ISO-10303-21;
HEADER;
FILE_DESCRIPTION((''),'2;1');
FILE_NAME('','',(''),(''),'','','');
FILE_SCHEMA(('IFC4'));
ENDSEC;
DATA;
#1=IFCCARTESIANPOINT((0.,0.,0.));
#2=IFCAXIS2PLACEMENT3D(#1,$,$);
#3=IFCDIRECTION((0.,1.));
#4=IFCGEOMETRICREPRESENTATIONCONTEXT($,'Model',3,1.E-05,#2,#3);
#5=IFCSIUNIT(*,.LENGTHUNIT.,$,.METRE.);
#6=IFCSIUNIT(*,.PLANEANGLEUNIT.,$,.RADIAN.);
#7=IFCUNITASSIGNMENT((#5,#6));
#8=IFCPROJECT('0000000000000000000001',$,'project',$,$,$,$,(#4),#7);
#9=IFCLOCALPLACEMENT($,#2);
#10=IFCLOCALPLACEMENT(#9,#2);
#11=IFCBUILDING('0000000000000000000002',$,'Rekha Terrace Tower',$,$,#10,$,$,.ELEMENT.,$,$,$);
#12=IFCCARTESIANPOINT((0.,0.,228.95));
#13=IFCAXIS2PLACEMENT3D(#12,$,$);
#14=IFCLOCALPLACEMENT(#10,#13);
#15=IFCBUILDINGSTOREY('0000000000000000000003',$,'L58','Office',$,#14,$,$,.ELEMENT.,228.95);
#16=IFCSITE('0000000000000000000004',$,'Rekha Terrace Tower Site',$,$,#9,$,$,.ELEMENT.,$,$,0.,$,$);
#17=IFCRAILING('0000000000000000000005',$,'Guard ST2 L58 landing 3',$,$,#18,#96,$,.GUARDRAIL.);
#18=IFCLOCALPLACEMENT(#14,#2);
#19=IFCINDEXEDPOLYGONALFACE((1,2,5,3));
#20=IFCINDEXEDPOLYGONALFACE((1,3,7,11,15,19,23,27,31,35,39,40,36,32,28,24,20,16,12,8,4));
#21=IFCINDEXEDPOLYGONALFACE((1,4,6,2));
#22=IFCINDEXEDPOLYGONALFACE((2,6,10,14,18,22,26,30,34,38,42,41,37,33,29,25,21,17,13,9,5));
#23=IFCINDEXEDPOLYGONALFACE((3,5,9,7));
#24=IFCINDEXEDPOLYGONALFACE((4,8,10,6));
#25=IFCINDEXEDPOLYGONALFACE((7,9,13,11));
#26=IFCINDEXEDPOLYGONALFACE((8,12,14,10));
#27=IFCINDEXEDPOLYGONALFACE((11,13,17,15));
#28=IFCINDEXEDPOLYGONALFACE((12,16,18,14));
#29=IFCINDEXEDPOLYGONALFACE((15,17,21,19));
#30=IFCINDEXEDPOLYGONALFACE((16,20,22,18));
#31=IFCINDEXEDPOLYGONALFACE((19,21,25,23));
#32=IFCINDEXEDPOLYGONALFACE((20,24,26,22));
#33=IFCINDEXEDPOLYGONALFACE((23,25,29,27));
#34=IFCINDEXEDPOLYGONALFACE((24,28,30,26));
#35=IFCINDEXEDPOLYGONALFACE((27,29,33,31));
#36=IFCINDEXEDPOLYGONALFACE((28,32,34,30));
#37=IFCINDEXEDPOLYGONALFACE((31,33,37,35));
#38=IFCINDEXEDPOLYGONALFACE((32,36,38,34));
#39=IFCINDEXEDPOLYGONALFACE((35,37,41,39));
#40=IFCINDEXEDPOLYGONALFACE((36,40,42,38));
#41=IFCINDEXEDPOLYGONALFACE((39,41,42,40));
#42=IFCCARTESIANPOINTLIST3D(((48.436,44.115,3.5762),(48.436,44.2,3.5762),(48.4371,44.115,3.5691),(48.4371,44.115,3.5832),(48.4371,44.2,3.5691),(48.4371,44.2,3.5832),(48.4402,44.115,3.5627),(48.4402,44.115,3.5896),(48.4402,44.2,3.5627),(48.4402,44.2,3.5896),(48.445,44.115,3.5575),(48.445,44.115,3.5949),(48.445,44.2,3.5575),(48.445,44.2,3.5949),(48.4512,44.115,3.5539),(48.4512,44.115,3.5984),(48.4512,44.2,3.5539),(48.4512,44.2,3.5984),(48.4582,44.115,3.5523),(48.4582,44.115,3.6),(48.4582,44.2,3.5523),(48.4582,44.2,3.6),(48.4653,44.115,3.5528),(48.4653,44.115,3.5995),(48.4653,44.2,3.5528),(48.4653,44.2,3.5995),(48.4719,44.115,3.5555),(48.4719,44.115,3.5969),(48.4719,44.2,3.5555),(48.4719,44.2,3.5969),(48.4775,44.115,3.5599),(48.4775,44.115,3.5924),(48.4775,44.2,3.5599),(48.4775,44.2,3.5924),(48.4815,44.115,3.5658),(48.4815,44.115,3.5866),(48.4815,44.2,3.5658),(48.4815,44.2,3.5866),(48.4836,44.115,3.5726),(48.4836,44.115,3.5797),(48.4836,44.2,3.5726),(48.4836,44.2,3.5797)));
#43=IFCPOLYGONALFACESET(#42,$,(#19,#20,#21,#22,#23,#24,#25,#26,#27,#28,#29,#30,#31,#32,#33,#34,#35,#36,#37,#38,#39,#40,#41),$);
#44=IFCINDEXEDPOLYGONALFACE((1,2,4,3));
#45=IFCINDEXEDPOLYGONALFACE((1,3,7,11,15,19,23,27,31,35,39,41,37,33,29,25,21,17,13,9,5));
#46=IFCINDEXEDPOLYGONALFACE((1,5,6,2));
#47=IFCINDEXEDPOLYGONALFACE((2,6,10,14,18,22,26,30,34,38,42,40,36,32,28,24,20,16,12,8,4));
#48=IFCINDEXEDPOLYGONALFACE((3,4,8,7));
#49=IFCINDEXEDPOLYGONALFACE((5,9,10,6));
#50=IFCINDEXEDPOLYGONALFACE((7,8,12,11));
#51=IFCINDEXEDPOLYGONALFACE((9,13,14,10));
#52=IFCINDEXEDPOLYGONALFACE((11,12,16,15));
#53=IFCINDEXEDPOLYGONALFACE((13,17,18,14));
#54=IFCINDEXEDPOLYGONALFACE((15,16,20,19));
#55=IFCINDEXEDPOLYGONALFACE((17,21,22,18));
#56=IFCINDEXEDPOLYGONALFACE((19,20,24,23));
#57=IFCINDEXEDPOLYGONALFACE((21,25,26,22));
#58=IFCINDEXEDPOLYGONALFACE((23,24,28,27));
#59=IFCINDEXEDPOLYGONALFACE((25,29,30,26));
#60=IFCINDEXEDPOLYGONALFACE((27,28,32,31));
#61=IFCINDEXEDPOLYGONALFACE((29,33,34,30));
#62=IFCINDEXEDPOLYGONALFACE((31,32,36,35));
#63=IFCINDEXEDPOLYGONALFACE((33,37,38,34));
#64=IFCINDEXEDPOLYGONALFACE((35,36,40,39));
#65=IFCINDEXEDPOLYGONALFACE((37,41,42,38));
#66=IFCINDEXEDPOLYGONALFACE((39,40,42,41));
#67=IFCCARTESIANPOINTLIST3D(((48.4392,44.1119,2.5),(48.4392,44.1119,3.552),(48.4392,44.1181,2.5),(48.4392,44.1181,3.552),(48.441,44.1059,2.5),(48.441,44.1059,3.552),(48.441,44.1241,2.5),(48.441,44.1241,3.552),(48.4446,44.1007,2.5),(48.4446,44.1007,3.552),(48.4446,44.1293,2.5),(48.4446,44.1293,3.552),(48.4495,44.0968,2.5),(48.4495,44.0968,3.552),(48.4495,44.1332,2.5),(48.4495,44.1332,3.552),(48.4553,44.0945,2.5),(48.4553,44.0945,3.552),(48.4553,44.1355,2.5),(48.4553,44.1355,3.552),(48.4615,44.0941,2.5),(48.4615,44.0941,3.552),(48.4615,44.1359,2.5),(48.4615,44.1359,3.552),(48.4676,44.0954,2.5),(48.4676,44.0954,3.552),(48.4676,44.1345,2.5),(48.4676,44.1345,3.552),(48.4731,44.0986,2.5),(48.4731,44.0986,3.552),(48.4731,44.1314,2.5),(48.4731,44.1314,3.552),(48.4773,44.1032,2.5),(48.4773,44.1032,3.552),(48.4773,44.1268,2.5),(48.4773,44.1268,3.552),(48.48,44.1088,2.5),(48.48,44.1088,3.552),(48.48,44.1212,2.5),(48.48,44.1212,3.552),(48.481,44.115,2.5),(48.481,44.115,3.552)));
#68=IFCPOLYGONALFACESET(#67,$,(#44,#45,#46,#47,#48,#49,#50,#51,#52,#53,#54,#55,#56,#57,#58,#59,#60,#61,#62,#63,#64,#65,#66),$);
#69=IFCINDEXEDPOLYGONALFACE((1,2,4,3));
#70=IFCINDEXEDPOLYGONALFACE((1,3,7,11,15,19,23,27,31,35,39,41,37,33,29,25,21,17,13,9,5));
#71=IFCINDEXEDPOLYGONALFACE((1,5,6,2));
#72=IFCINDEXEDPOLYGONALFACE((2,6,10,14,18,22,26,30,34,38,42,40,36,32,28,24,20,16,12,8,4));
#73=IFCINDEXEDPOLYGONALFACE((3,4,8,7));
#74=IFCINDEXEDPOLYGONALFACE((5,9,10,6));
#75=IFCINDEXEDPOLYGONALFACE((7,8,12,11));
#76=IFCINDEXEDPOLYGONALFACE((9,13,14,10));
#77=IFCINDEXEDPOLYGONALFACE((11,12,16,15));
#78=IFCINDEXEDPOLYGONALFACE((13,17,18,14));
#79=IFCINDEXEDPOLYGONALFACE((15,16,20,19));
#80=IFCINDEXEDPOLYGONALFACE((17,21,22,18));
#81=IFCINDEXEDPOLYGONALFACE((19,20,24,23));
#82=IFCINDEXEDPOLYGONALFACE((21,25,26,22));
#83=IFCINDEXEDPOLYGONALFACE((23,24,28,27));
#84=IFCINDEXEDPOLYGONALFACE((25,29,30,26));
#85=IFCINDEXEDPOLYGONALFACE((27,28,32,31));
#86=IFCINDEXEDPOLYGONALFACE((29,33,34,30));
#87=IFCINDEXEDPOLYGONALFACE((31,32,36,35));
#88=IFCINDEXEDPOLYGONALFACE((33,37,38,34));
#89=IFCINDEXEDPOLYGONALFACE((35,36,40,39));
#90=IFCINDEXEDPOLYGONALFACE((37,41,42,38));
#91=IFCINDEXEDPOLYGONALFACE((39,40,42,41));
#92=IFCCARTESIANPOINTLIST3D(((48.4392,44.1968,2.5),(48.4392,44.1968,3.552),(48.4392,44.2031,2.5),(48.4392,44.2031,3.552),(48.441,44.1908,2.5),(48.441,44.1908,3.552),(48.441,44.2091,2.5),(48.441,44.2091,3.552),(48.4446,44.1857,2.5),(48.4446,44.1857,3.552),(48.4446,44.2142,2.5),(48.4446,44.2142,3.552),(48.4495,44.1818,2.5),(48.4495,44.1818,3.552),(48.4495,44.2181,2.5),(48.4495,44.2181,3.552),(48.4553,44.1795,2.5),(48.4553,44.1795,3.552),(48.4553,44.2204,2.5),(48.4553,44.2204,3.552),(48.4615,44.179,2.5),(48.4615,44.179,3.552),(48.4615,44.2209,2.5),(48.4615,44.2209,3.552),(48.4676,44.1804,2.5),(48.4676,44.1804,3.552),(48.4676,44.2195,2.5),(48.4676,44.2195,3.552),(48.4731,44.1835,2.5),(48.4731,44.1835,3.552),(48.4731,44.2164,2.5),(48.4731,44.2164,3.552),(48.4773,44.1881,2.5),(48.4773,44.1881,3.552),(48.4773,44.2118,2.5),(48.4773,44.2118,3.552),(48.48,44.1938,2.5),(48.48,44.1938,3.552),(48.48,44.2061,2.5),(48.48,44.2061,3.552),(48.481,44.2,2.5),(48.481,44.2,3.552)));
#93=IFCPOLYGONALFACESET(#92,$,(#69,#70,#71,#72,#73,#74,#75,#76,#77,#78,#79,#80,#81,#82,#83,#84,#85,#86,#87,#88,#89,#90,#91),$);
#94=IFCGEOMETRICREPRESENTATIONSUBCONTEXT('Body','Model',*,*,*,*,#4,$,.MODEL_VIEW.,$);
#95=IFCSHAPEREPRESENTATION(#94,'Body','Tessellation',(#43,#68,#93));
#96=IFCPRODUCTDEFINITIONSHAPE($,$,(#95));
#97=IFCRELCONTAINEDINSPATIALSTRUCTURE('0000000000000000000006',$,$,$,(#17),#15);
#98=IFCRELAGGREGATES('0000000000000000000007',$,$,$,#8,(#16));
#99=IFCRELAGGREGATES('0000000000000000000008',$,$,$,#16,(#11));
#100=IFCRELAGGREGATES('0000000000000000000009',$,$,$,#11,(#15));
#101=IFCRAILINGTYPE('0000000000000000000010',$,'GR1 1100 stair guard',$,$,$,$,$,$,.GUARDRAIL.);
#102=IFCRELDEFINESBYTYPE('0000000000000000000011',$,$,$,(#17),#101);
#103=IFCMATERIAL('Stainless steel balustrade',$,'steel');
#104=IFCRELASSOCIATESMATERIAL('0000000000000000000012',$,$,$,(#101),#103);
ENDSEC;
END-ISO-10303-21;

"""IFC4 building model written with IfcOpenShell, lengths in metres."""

from ifc_helpers import new_model, si_unit, direction, frame, origin, origin_2d, place, context, subcontext, project, spatial, circle, extrude, material, type_object, element, save


model = new_model("IFC4")

# Units and contexts
model_context = context("Model", 3, precision=1e-05, world=origin(), true_north=direction((0.0, 1.0)))
body_context = subcontext(model_context, "Body", "Model", "MODEL_VIEW")
ifc_project = project(units=[si_unit("LENGTHUNIT", "METRE"), si_unit("PLANEANGLEUNIT", "RADIAN")], contexts=[model_context])

# Site, building, storey
site_placement = place(None, origin())
site = spatial("IfcSite", under=ifc_project, at=site_placement, Name="Rekha Terrace Tower Site", CompositionType="ELEMENT", RefElevation=0.0)
building_placement = place(site_placement, origin())
building = spatial("IfcBuilding", under=site, at=building_placement, Name="Rekha Terrace Tower", CompositionType="ELEMENT")
storey_placement = place(building_placement, frame((0.0, 0.0, 228.95)))
storey = spatial("IfcBuildingStorey", under=building, at=storey_placement, Name="L58", Description="Office", CompositionType="ELEMENT", Elevation=228.95)

# Railing
ifc_material_1 = material(Name="Stainless steel balustrade", Category="steel")
railing_type_1 = type_object("IfcRailingType", Name="GR1 1100 stair guard", PredefinedType="GUARDRAIL", material=ifc_material_1)
railing_1_placement = place(storey_placement, frame((48.46, 44.115, 2.5)))
element("IfcRailing", 1, at=railing_1_placement, inside=storey, type_object=railing_type_1, Name="Guard ST2 L58 landing 3", PredefinedType="GUARDRAIL", context=body_context, shape_type="SweptSolid", body=[
    extrude(circle(Radius=0.0239, at=origin_2d()), frame((0.0, 0.0, 1.0762), z_axis=(0.0, 1.0, 0.0), x_axis=(-1.0, 0.0, 0.0)), (0.0, 0.0, 1.0), 0.085),
    extrude(circle(Radius=0.021, at=origin_2d()), origin(), (0.0, 0.0, 1.0), 1.052),
    extrude(circle(Radius=0.021, at=origin_2d()), frame((0.0, 0.085, 0.0)), (0.0, 0.0, 1.0), 1.052),
])

save(model, "model.ifc")
